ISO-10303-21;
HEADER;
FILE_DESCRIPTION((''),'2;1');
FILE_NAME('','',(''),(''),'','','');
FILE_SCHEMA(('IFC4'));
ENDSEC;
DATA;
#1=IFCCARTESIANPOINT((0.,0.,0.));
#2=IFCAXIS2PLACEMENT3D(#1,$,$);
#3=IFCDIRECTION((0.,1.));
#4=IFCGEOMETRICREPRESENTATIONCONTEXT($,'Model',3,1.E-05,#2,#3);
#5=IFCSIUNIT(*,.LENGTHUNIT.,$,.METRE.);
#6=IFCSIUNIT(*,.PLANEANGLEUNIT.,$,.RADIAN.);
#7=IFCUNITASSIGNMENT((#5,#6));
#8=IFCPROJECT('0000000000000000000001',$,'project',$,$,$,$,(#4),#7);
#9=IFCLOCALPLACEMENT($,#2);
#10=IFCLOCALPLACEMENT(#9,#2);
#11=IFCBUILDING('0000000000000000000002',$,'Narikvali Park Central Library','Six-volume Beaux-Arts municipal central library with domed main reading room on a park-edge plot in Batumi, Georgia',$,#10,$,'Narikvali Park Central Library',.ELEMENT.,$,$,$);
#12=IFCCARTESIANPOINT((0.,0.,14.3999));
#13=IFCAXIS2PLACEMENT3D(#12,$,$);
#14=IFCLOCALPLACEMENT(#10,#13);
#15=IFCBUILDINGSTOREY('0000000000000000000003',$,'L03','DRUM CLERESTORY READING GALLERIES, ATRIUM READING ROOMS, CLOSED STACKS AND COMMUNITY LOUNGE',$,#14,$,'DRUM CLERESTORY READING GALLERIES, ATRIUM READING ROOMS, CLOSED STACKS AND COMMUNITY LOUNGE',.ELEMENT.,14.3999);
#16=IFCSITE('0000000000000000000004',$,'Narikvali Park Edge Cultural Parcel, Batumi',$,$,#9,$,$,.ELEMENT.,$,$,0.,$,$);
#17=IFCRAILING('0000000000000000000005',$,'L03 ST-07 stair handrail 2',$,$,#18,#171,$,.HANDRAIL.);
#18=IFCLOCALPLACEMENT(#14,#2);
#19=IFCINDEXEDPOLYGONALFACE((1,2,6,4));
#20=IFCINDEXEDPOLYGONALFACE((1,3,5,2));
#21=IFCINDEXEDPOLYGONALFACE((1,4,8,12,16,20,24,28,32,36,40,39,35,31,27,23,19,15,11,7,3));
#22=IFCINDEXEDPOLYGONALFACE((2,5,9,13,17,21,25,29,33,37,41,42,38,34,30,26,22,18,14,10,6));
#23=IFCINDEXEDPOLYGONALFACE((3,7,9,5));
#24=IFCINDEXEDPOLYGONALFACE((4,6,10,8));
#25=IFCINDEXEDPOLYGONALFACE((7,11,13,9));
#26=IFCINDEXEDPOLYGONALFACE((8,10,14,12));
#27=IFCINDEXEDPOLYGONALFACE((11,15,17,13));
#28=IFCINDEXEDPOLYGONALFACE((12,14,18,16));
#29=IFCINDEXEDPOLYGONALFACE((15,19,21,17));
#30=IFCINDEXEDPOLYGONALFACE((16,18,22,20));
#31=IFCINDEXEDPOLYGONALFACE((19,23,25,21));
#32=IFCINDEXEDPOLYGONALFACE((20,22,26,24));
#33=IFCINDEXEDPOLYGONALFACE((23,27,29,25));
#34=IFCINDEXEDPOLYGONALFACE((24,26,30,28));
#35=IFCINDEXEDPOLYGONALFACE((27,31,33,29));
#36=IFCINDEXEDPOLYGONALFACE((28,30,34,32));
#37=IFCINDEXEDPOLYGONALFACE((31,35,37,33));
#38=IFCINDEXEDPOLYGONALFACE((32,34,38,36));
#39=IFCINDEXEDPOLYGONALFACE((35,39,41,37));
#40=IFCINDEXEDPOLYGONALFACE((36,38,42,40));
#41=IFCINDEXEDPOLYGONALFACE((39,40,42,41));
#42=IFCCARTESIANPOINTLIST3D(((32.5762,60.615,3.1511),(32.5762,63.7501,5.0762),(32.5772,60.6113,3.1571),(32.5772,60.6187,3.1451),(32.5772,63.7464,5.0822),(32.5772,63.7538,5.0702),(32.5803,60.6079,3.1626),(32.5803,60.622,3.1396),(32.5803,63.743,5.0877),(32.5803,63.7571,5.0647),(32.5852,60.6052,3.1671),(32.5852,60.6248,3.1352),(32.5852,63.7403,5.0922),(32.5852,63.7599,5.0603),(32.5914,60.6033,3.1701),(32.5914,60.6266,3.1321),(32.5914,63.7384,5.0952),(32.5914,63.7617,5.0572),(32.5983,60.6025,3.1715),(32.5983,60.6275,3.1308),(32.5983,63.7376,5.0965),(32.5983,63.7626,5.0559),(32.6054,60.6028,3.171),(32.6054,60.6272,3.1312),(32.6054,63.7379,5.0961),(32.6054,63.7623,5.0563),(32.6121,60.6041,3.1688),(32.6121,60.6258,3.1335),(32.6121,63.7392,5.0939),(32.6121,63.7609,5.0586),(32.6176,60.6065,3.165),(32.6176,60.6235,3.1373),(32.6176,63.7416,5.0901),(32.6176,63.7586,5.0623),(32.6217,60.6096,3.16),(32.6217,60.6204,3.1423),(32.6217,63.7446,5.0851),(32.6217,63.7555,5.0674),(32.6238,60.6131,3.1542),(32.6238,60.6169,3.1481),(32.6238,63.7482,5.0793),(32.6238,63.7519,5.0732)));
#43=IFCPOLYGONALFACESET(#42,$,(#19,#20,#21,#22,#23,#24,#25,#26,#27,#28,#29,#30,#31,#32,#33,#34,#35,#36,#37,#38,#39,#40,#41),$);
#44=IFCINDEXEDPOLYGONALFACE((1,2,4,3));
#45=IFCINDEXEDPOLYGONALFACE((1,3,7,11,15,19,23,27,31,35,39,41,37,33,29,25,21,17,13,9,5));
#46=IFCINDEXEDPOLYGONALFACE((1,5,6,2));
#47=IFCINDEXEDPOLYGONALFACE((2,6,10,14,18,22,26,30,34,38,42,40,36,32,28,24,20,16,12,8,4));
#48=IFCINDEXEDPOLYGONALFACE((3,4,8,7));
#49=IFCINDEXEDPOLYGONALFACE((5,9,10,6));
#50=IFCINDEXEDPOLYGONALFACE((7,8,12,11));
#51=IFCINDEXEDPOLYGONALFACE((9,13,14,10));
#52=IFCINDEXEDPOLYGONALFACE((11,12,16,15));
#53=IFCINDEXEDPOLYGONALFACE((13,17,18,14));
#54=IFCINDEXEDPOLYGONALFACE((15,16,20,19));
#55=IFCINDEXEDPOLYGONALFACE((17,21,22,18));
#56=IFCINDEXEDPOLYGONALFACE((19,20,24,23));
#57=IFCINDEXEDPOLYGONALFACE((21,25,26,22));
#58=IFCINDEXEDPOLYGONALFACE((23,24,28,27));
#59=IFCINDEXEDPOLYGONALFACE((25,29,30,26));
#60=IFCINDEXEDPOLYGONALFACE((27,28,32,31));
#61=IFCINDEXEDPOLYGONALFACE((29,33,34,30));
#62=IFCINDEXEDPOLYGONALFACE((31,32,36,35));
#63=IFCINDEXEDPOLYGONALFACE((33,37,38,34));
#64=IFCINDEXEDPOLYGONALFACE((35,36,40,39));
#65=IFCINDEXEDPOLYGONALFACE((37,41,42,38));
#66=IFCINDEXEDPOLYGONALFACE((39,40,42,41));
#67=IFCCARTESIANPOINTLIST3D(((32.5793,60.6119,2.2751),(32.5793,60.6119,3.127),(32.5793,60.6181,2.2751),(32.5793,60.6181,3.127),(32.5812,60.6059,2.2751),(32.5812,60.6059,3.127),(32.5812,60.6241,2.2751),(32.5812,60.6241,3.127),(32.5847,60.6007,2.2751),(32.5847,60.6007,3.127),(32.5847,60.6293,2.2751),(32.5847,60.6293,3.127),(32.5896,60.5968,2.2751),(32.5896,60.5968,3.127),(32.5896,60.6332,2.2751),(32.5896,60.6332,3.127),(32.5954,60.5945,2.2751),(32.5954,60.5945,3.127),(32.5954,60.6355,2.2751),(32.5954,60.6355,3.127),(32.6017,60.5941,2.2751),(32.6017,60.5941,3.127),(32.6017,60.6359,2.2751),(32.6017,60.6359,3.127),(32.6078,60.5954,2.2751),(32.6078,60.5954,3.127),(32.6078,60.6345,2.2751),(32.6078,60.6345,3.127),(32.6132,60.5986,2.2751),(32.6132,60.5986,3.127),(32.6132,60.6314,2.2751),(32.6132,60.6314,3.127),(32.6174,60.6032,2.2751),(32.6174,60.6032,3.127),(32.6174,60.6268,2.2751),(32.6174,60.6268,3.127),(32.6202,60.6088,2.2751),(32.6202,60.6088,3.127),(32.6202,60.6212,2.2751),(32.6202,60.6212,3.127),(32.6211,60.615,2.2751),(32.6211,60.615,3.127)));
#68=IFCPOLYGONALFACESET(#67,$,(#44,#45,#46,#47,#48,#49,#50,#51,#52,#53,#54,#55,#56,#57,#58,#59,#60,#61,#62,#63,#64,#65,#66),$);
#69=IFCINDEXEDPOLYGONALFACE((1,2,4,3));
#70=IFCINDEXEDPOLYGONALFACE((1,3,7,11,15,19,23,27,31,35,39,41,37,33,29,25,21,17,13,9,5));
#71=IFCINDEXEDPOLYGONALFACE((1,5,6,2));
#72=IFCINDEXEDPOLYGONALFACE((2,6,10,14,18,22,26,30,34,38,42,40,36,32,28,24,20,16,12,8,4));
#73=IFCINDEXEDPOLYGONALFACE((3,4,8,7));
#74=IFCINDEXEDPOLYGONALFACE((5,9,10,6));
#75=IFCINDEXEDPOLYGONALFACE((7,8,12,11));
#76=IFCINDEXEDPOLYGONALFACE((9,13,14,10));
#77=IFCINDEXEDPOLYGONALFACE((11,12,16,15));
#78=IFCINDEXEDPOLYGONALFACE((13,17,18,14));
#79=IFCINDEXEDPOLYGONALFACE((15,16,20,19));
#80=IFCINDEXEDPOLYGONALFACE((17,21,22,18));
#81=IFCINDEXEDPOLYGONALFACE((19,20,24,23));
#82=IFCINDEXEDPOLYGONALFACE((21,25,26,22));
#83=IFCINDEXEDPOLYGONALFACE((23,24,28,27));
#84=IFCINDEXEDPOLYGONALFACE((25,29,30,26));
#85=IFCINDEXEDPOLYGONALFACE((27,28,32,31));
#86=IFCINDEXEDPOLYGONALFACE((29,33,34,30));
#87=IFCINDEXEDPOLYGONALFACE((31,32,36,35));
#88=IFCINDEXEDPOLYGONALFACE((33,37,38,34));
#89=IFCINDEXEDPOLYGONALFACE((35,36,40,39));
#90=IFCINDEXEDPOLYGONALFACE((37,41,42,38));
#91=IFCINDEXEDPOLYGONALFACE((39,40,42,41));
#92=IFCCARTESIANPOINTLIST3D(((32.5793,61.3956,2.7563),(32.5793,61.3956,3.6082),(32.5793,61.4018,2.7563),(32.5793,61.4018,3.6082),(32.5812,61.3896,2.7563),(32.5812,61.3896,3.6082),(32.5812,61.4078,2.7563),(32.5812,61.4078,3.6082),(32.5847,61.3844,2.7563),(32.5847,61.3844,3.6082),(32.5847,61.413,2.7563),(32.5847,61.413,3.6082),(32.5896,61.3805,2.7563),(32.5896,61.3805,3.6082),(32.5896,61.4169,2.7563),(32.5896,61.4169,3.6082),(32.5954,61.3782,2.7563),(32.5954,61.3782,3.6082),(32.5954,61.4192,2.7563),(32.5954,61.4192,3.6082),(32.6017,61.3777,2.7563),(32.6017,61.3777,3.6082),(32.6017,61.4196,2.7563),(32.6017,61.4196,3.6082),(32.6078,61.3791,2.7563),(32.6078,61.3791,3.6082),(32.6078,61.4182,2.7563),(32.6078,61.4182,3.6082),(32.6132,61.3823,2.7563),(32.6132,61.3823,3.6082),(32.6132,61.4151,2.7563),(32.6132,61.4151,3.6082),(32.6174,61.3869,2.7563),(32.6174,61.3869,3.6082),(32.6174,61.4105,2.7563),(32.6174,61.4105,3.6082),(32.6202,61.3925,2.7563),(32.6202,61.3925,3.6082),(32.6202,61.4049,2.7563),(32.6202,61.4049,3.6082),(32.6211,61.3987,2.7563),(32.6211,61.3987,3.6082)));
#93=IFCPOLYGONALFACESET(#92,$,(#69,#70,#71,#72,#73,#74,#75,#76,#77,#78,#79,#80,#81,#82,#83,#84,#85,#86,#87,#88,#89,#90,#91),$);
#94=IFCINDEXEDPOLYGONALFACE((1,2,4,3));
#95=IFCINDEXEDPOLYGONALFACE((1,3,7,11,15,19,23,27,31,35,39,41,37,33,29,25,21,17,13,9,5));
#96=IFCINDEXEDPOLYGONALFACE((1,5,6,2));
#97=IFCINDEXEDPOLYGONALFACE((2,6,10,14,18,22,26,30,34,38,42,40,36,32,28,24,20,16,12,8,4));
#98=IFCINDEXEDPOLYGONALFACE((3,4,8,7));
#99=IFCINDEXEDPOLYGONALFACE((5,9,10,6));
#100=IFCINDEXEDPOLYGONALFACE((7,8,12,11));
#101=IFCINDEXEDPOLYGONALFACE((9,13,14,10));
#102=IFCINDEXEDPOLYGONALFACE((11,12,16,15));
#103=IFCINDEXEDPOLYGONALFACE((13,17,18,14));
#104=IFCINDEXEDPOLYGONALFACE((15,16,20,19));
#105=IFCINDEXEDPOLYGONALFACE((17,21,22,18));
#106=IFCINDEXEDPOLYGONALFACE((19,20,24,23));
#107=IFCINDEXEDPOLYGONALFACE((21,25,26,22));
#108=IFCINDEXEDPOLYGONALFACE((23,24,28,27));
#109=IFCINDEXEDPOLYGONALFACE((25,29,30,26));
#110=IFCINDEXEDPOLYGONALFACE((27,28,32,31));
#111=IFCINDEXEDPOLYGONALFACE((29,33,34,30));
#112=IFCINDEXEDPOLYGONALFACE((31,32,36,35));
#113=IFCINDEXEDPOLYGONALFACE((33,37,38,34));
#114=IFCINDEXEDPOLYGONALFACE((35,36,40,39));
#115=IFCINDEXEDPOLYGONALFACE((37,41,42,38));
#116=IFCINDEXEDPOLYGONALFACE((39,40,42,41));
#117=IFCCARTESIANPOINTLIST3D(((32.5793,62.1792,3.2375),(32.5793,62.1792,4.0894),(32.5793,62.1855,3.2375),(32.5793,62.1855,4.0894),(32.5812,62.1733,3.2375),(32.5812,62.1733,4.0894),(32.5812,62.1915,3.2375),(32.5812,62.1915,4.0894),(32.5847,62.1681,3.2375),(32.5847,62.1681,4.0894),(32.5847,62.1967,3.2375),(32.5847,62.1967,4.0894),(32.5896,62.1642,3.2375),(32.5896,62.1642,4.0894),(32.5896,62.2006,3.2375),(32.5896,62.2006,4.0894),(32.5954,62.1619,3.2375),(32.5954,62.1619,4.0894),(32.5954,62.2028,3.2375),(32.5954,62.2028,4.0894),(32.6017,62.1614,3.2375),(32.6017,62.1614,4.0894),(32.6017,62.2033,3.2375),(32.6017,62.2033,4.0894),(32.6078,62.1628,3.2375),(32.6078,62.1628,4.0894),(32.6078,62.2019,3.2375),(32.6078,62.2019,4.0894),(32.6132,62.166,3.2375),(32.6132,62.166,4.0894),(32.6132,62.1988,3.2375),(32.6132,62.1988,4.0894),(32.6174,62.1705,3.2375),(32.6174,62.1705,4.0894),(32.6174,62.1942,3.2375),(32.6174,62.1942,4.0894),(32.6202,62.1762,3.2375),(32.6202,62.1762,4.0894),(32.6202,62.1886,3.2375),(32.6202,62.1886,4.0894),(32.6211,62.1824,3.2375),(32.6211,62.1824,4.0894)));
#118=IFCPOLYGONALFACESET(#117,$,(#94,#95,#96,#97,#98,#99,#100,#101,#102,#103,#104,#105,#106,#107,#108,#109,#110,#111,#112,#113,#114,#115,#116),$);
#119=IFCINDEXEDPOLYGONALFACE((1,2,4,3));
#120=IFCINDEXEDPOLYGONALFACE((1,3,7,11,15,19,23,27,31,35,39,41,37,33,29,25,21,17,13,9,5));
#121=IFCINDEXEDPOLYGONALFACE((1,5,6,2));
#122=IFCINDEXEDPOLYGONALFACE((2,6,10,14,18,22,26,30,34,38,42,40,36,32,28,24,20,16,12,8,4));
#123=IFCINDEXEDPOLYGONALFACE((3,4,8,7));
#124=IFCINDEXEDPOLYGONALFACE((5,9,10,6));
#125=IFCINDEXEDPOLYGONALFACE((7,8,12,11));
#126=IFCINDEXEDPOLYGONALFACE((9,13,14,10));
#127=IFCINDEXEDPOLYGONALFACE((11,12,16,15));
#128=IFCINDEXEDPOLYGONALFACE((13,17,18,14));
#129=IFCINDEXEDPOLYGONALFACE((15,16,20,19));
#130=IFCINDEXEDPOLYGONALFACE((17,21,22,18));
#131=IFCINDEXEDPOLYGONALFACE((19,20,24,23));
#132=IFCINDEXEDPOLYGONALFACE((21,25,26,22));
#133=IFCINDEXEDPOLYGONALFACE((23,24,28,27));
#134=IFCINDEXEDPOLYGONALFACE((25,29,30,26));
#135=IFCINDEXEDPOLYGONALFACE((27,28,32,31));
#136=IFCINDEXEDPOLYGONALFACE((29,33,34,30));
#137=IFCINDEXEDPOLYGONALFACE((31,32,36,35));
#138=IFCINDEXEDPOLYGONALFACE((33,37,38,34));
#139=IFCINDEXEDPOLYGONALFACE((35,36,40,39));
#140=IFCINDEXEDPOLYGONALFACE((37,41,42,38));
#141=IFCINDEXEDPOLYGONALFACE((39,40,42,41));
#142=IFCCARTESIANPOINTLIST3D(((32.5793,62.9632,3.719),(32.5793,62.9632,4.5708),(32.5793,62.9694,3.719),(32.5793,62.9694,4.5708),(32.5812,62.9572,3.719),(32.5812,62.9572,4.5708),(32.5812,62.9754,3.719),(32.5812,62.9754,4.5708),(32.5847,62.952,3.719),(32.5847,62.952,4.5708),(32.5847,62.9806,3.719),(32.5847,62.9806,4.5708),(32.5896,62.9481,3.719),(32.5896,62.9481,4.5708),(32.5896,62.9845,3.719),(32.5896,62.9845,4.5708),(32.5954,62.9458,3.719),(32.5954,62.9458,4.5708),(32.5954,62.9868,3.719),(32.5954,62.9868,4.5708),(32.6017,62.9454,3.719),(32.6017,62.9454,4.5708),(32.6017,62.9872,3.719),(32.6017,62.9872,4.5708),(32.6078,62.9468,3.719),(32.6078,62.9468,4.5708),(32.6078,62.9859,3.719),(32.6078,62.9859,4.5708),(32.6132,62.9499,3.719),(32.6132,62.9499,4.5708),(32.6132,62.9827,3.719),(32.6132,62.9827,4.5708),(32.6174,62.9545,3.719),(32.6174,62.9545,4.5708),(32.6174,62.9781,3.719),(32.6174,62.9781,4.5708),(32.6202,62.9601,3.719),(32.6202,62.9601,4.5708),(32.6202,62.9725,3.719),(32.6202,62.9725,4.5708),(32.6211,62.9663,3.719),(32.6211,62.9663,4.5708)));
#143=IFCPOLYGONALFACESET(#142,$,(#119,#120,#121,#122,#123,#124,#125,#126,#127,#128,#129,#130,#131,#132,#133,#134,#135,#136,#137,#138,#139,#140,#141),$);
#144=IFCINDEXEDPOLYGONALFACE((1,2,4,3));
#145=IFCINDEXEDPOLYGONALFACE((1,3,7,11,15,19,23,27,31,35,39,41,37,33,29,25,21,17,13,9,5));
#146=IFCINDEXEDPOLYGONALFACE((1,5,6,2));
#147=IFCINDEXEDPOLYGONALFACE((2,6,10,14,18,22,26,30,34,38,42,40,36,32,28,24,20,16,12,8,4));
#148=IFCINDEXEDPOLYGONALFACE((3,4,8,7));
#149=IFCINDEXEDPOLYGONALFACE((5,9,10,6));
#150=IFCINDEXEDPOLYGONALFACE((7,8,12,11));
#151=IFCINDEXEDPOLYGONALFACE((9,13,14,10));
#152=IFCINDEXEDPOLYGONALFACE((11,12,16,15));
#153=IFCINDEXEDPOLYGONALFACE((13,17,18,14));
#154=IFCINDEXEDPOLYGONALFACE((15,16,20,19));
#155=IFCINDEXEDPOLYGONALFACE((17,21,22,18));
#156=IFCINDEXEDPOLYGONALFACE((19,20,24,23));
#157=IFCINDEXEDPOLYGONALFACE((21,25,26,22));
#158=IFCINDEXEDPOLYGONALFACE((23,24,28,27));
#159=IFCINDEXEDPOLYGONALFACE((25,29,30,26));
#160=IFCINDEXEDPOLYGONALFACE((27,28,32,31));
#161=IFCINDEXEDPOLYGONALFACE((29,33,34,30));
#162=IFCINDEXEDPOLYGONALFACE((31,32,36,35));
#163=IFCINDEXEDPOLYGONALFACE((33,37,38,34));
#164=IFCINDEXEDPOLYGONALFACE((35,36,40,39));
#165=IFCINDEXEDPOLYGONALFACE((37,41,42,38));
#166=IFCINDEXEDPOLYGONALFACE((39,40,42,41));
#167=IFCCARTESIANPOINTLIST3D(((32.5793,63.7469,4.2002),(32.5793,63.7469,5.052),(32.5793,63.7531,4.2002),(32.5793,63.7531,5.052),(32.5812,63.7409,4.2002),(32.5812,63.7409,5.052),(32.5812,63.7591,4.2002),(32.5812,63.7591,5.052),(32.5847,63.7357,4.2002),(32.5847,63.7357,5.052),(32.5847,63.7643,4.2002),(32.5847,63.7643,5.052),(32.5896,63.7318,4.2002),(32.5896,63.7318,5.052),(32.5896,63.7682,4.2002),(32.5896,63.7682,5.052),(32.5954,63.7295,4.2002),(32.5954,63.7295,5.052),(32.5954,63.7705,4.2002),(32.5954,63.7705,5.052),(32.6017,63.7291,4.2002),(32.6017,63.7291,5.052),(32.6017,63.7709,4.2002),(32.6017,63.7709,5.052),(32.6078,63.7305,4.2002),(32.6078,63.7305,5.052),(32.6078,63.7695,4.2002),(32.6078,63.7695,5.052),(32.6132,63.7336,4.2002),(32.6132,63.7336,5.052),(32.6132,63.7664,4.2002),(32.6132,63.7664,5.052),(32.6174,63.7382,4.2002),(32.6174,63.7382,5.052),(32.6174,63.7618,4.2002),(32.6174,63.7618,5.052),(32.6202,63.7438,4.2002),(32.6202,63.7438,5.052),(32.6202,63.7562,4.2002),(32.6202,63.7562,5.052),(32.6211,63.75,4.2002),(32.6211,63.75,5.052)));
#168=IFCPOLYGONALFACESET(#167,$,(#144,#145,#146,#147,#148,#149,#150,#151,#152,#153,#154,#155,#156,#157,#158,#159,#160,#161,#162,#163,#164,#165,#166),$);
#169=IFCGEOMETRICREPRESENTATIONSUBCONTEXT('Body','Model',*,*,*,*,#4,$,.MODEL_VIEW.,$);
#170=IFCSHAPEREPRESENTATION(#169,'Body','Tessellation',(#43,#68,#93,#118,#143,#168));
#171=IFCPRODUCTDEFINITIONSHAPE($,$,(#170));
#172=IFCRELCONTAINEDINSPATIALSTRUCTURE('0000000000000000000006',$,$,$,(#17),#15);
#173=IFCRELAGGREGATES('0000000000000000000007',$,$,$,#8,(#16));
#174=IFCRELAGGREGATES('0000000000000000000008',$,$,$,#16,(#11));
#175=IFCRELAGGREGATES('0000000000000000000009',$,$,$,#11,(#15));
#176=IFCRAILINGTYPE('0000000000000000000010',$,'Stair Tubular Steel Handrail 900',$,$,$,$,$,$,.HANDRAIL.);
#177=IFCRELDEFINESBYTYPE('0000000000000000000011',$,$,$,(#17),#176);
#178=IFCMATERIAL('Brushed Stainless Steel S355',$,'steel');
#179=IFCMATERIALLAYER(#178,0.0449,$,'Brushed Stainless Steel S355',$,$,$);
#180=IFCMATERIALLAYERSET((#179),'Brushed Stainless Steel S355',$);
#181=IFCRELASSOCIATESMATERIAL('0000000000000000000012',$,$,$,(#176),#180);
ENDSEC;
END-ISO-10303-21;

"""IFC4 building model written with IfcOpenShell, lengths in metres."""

from ifc_helpers import new_model, si_unit, direction, frame, origin, origin_2d, place, context, subcontext, project, spatial, circle, extrude, material, layer, layer_set, type_object, element, save


model = new_model("IFC4")

# Units and contexts
model_context = context("Model", 3, precision=1e-05, world=origin(), true_north=direction((0.0, 1.0)))
body_context = subcontext(model_context, "Body", "Model", "MODEL_VIEW")
ifc_project = project(units=[si_unit("LENGTHUNIT", "METRE"), si_unit("PLANEANGLEUNIT", "RADIAN")], contexts=[model_context])

# Site, building, storey
site_placement = place(None, origin())
site = spatial("IfcSite", under=ifc_project, at=site_placement, Name="Narikvali Park Edge Cultural Parcel, Batumi", CompositionType="ELEMENT", RefElevation=0.0)
building_placement = place(site_placement, origin())
building = spatial("IfcBuilding", under=site, at=building_placement, Name="Narikvali Park Central Library", Description="Six-volume Beaux-Arts municipal central library with domed main reading room on a park-edge plot in Batumi, Georgia", LongName="Narikvali Park Central Library", CompositionType="ELEMENT")
storey_placement = place(building_placement, frame((0.0, 0.0, 14.3999)))
storey = spatial("IfcBuildingStorey", under=building, at=storey_placement, Name="L03", Description="DRUM CLERESTORY READING GALLERIES, ATRIUM READING ROOMS, CLOSED STACKS AND COMMUNITY LOUNGE", LongName="DRUM CLERESTORY READING GALLERIES, ATRIUM READING ROOMS, CLOSED STACKS AND COMMUNITY LOUNGE", CompositionType="ELEMENT", Elevation=14.3999)

# Shared definitions
ifc_material_1 = material(Name="Brushed Stainless Steel S355", Category="steel")

# Railing
ifc_layer_1 = layer(ifc_material_1, 0.0449, Name="Brushed Stainless Steel S355")
ifc_layer_set_1 = layer_set([ifc_layer_1], Name="Brushed Stainless Steel S355")
railing_type_1 = type_object("IfcRailingType", Name="Stair Tubular Steel Handrail 900", PredefinedType="HANDRAIL", material=ifc_layer_set_1)
railing_1_placement = place(storey_placement, frame((32.6001, 60.615, 2.2751)))
element("IfcRailing", 1, at=railing_1_placement, inside=storey, type_object=railing_type_1, Name="L03 ST-07 stair handrail 2", PredefinedType="HANDRAIL", context=body_context, shape_type="SweptSolid", body=[
    extrude(circle(Radius=0.0239, at=origin_2d()), frame((0.0, 0.0, 0.876), z_axis=(0.0, 0.852166, 0.523271), x_axis=(-1.0, 0.0, 0.0)), (0.0, 0.0, 1.0), 3.679),
    extrude(circle(Radius=0.021, at=origin_2d()), origin(), (0.0, 0.0, 1.0), 0.8518),
    extrude(circle(Radius=0.021, at=origin_2d()), frame((0.0, 0.7837, 0.4812)), (0.0, 0.0, 1.0), 0.8518),
    extrude(circle(Radius=0.021, at=origin_2d()), frame((0.0, 1.5674, 0.9624)), (0.0, 0.0, 1.0), 0.8518),
    extrude(circle(Radius=0.021, at=origin_2d()), frame((0.0, 2.3513, 1.4438)), (0.0, 0.0, 1.0), 0.8518),
    extrude(circle(Radius=0.021, at=origin_2d()), frame((0.0, 3.135, 1.925)), (0.0, 0.0, 1.0), 0.8518),
])

save(model, "model.ifc")
